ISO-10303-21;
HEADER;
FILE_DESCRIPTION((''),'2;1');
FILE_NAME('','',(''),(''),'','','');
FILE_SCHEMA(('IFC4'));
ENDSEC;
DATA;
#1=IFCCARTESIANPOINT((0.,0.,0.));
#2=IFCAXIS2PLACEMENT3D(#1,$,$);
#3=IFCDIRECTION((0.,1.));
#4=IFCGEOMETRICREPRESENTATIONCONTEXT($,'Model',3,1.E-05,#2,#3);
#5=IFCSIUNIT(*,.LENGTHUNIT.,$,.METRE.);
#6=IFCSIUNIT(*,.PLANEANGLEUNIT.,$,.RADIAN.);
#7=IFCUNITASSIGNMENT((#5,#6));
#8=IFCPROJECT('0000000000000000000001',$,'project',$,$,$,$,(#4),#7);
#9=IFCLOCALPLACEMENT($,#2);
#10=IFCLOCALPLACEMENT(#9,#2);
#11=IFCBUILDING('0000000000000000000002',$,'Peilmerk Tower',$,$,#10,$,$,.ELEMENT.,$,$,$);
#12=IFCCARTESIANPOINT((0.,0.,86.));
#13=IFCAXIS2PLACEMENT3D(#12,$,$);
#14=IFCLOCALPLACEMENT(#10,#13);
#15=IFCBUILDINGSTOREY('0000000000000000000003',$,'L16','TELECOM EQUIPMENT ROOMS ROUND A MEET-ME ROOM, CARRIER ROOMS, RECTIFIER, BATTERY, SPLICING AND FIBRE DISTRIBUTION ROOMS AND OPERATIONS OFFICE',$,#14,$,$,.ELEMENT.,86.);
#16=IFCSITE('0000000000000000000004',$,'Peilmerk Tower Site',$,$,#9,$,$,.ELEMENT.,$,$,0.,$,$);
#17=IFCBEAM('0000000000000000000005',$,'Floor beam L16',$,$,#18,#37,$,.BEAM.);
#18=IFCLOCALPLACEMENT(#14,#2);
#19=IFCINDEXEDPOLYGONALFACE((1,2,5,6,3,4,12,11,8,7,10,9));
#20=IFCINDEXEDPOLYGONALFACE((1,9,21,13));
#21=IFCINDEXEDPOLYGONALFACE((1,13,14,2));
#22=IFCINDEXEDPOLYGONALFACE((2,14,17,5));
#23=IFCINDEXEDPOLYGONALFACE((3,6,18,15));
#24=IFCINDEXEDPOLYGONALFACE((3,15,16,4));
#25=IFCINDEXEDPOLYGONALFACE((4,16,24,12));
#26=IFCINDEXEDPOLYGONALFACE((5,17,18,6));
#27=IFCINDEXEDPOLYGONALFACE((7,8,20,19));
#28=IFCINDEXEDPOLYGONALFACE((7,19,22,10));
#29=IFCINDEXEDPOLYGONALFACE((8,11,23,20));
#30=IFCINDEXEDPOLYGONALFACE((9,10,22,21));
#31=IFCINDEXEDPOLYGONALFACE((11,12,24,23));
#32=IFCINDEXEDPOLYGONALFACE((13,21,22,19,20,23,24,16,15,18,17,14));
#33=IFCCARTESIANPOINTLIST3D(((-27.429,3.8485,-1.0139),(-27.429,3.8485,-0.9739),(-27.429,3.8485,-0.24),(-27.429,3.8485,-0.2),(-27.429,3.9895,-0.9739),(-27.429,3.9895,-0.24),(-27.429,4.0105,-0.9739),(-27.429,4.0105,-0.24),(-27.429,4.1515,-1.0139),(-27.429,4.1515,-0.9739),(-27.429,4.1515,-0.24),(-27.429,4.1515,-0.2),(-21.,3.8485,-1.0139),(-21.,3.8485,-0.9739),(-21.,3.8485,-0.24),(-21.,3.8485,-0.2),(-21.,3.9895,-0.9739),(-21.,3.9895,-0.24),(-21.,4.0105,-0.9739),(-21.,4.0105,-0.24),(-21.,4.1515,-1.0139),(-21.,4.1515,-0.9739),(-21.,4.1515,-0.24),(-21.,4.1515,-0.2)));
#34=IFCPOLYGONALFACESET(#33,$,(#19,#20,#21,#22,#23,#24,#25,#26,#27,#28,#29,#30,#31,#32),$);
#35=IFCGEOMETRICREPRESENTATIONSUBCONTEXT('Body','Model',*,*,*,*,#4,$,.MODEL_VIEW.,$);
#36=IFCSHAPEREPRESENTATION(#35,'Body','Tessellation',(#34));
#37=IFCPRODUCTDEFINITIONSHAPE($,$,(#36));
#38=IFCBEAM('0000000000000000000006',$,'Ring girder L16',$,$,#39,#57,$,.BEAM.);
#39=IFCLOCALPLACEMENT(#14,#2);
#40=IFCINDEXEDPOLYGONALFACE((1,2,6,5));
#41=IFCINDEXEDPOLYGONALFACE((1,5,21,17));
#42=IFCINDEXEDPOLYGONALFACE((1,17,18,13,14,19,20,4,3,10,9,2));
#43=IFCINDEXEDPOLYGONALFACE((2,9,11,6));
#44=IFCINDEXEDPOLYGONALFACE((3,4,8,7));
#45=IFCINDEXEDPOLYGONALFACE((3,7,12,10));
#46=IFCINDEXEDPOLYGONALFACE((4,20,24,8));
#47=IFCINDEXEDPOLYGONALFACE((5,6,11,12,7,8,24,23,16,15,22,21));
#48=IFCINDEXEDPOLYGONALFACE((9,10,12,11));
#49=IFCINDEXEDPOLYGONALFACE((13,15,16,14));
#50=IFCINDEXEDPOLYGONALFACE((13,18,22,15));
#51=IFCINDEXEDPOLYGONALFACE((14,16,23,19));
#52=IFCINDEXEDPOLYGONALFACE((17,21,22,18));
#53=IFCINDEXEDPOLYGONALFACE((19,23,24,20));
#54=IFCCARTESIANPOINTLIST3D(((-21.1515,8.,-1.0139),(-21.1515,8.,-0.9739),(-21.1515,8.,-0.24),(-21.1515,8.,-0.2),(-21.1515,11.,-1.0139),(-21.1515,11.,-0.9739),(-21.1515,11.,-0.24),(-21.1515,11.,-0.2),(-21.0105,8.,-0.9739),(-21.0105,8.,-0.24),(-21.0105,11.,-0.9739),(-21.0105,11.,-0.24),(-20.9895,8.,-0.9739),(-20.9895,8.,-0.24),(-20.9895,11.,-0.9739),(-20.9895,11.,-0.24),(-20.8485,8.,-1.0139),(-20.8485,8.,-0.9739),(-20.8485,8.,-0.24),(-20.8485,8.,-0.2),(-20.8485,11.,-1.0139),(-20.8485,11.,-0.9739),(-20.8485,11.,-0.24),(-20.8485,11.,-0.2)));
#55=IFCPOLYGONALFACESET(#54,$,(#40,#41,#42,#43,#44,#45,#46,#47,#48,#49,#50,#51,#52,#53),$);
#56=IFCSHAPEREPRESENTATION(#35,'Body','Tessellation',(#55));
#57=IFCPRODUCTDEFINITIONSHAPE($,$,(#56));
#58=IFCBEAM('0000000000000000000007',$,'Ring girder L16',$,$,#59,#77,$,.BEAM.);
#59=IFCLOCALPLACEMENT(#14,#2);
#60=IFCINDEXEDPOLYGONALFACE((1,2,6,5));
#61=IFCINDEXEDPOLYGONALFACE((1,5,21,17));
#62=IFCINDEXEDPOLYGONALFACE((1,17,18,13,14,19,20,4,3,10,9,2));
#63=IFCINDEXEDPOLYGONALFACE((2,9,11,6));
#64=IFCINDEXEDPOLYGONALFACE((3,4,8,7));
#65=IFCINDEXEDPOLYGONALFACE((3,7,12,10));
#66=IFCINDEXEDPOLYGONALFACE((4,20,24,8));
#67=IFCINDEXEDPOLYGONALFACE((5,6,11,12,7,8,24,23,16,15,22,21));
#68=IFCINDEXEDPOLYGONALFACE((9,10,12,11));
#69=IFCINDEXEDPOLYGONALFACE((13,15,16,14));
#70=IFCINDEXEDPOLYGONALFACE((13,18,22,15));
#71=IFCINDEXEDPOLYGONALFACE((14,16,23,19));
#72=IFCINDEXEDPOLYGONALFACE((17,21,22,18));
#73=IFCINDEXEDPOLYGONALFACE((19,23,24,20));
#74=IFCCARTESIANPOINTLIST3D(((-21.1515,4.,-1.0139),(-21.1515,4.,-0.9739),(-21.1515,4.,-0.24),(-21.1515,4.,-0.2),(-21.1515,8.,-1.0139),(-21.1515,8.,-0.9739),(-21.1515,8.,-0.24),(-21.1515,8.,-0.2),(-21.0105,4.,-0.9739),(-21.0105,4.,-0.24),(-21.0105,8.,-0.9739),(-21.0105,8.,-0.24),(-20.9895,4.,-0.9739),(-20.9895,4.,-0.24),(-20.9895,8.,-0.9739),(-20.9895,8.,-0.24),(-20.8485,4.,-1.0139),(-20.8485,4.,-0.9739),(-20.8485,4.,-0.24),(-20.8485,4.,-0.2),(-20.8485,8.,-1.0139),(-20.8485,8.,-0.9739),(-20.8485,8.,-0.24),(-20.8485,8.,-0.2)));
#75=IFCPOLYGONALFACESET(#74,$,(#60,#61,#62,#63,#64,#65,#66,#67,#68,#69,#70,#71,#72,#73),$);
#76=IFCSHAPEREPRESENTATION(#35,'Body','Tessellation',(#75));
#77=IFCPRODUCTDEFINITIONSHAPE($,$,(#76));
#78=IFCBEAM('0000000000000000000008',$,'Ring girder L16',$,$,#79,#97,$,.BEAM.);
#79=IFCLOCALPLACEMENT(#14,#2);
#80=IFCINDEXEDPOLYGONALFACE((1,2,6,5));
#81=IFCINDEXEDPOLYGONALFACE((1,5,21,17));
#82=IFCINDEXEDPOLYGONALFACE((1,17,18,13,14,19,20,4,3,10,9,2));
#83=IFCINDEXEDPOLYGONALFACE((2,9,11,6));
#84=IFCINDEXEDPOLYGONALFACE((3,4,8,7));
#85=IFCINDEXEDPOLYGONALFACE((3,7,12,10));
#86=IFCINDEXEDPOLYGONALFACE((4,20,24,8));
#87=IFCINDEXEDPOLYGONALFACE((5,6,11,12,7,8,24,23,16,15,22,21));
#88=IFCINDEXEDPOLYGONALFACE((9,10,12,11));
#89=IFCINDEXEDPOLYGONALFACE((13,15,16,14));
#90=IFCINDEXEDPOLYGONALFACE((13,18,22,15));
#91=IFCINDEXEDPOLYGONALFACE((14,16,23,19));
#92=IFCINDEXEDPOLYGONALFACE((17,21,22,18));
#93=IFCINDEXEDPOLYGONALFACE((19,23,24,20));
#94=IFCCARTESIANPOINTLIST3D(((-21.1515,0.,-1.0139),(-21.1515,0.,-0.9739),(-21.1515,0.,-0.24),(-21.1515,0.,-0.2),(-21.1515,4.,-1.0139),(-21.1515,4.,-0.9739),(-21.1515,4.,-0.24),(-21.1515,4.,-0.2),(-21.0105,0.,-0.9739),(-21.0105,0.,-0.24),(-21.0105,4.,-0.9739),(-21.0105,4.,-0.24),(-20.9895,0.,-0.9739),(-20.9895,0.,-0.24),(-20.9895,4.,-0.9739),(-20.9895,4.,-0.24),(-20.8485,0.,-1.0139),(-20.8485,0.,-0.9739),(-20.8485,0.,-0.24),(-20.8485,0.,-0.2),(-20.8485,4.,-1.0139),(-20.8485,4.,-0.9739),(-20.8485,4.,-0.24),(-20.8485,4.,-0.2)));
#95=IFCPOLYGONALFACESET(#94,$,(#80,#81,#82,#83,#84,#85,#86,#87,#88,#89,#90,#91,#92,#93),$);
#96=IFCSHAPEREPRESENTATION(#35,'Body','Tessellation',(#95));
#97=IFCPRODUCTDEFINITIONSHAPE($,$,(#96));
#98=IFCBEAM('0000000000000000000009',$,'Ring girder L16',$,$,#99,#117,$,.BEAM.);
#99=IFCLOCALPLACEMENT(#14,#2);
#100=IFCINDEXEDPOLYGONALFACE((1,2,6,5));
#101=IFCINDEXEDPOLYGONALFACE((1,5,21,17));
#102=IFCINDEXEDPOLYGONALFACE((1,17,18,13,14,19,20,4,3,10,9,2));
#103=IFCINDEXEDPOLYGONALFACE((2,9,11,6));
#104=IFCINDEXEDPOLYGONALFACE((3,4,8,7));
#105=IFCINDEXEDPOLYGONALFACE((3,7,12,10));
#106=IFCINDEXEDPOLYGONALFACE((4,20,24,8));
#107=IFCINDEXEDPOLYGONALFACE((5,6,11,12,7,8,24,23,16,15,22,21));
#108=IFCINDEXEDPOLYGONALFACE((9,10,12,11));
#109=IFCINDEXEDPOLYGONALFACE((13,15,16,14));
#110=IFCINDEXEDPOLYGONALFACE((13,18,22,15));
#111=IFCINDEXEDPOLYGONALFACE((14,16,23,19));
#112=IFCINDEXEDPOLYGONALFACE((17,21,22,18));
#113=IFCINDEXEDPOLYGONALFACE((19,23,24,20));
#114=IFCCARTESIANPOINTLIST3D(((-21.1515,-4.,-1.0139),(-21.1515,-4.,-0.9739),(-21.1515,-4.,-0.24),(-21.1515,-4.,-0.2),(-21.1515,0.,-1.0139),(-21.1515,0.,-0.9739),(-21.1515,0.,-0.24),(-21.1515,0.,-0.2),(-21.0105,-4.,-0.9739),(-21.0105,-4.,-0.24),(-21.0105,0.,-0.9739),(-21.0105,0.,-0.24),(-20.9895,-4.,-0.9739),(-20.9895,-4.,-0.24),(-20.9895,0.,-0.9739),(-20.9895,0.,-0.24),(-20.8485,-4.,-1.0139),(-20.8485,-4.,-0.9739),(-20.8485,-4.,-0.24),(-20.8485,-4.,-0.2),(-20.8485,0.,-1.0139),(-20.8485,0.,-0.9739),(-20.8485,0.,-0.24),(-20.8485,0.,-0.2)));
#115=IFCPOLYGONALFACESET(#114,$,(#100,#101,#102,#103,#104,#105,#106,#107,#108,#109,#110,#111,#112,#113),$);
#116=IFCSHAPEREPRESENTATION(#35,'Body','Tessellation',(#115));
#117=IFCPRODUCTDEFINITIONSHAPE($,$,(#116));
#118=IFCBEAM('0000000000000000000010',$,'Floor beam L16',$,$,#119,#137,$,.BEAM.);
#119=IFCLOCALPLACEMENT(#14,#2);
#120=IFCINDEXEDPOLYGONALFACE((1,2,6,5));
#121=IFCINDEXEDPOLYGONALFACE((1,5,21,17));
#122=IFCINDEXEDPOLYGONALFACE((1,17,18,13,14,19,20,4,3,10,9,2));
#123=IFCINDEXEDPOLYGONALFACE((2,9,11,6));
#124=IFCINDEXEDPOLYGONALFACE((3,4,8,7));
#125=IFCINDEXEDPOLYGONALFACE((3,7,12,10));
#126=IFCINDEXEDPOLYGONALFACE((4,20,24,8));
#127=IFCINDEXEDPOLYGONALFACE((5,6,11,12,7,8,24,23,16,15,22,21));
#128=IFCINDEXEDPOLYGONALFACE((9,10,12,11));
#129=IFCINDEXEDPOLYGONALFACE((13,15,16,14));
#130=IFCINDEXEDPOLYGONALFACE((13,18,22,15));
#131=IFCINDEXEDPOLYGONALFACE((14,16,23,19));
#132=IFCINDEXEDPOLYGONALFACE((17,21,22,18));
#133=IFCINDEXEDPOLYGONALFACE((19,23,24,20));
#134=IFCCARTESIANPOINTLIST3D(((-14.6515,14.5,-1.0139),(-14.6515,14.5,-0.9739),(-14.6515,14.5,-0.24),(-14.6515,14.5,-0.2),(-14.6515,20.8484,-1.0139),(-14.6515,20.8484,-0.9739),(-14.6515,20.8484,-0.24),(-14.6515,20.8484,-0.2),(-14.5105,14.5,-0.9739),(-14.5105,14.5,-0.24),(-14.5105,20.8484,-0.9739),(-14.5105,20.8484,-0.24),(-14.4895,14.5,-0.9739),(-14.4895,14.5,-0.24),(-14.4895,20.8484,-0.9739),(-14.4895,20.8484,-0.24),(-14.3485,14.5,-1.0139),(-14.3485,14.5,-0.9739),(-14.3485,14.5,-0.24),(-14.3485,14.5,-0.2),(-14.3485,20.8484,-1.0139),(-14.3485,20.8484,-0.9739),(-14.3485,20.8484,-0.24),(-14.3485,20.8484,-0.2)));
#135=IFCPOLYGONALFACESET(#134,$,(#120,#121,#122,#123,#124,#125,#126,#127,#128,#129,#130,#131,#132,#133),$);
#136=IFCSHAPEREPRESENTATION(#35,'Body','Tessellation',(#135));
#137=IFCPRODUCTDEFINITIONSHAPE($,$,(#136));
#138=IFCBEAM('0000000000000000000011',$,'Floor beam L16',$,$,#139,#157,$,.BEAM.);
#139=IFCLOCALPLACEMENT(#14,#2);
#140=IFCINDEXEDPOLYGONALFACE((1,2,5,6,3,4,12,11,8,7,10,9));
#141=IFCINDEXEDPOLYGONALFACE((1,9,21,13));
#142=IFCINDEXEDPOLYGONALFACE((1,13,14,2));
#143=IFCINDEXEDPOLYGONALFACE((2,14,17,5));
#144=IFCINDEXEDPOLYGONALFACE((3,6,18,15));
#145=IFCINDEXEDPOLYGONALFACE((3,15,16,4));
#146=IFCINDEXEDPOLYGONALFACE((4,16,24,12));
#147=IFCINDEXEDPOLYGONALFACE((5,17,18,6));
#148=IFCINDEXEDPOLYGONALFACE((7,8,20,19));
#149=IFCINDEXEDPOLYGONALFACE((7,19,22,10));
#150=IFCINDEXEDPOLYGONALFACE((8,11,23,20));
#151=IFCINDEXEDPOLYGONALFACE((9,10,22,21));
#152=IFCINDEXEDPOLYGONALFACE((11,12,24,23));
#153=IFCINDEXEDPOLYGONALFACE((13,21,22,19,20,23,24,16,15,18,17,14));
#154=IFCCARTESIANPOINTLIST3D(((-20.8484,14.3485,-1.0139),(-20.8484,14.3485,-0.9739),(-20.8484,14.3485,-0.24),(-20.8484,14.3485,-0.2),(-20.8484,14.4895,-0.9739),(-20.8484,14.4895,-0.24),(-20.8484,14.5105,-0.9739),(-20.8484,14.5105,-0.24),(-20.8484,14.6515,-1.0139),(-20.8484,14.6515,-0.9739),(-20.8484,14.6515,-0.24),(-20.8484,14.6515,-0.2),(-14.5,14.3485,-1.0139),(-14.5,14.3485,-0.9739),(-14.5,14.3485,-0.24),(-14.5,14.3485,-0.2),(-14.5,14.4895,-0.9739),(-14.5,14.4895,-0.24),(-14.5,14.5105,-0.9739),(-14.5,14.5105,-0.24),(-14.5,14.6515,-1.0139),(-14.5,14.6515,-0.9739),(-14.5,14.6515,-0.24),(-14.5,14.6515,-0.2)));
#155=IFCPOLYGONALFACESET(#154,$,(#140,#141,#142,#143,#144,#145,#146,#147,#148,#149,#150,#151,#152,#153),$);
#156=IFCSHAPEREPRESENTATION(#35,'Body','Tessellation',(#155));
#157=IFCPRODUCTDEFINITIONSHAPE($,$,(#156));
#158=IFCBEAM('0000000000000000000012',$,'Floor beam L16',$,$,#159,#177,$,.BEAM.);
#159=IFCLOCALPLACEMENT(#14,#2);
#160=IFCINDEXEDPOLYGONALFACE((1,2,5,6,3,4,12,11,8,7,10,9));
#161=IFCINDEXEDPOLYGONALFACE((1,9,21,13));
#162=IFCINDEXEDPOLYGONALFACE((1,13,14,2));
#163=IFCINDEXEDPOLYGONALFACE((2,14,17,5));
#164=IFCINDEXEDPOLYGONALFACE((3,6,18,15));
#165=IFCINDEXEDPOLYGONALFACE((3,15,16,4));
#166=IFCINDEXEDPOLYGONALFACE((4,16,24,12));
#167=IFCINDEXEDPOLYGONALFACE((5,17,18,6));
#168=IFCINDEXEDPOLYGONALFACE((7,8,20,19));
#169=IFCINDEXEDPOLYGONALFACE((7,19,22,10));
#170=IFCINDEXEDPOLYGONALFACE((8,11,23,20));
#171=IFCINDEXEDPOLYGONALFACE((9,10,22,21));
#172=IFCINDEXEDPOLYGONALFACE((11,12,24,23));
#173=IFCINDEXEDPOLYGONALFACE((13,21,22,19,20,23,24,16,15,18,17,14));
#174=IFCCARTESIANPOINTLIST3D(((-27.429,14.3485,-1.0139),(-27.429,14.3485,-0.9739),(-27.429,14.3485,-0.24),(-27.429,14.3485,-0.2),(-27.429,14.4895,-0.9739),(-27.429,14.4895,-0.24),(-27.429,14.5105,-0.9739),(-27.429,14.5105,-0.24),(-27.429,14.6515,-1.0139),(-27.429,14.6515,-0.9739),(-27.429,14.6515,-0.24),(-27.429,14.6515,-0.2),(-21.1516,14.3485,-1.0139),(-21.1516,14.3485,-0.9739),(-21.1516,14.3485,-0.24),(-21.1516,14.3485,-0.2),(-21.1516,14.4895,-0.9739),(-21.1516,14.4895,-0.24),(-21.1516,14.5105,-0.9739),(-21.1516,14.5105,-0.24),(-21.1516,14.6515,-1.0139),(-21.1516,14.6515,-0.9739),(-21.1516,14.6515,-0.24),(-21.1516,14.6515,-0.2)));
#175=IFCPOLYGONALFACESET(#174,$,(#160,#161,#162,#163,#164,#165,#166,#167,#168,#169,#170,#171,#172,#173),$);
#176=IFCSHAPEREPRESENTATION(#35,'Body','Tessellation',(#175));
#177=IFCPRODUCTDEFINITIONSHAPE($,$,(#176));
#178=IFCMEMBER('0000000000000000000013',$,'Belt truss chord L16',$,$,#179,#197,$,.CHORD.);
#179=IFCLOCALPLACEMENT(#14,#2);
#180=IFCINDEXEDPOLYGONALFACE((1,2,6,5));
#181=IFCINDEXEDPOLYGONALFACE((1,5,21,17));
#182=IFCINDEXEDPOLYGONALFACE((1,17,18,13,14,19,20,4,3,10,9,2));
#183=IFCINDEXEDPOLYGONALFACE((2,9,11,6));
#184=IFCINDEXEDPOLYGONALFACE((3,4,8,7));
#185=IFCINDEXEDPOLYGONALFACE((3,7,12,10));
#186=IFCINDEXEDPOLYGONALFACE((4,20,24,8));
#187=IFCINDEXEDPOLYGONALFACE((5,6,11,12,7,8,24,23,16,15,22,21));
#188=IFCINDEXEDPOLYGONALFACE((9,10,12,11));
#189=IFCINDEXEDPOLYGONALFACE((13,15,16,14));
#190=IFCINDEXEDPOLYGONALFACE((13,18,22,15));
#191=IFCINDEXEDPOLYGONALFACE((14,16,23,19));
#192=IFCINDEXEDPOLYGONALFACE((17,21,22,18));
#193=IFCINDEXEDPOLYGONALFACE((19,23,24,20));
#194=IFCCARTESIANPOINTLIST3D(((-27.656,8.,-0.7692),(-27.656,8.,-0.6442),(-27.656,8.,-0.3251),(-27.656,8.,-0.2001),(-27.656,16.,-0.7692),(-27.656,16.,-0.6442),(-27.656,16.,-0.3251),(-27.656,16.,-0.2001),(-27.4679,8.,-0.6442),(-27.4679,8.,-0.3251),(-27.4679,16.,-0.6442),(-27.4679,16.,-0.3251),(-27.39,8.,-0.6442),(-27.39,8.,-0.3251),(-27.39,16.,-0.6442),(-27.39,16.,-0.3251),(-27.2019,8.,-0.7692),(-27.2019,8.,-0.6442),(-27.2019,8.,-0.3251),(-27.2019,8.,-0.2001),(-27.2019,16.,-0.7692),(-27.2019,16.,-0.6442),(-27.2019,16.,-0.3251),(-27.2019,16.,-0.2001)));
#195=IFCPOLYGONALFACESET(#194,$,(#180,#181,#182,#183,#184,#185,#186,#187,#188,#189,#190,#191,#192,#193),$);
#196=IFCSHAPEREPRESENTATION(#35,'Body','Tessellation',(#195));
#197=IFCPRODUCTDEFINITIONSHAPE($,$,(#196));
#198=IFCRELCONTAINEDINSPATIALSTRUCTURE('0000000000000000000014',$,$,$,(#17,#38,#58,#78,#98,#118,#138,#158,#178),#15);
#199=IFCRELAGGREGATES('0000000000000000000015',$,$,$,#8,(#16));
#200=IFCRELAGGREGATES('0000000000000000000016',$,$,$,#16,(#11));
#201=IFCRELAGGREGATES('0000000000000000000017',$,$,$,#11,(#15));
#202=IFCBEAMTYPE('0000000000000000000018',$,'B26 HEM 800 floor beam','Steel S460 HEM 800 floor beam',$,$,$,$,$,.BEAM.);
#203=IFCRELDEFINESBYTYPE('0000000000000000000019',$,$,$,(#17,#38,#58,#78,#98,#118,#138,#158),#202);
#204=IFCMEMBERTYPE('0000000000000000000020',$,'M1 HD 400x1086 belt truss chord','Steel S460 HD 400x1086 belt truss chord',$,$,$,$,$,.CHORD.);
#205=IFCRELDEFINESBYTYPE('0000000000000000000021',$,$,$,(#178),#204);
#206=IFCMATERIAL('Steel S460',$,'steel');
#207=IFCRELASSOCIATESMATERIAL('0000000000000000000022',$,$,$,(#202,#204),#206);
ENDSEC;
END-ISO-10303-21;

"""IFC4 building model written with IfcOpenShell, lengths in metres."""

from ifc_helpers import new_model, si_unit, direction, frame, origin, origin_2d, place, context, subcontext, project, spatial, i_section, extrude, material, material_profile, profile_set, type_object, element, save


model = new_model("IFC4")

# Units and contexts
model_context = context("Model", 3, precision=1e-05, world=origin(), true_north=direction((0.0, 1.0)))
body_context = subcontext(model_context, "Body", "Model", "MODEL_VIEW")
ifc_project = project(units=[si_unit("LENGTHUNIT", "METRE"), si_unit("PLANEANGLEUNIT", "RADIAN")], contexts=[model_context])

# Site, building, storey
site_placement = place(None, origin())
site = spatial("IfcSite", under=ifc_project, at=site_placement, Name="Peilmerk Tower Site", CompositionType="ELEMENT", RefElevation=0.0)
building_placement = place(site_placement, origin())
building = spatial("IfcBuilding", under=site, at=building_placement, Name="Peilmerk Tower", CompositionType="ELEMENT")
storey_placement = place(building_placement, frame((0.0, 0.0, 86.0)))
storey = spatial("IfcBuildingStorey", under=building, at=storey_placement, Name="L16", Description="TELECOM EQUIPMENT ROOMS ROUND A MEET-ME ROOM, CARRIER ROOMS, RECTIFIER, BATTERY, SPLICING AND FIBRE DISTRIBUTION ROOMS AND OPERATIONS OFFICE", CompositionType="ELEMENT", Elevation=86.0)

# Shared definitions
ifc_material_1 = material(Name="Steel S460", Category="steel")

# Beams
ifc_material_profile_1 = material_profile(ifc_material_1, i_section(OverallWidth=0.303, OverallDepth=0.814, WebThickness=0.021, FlangeThickness=0.04, at=origin_2d()), Name="HEM 800")
ifc_profile_set_1 = profile_set([ifc_material_profile_1], Name="Steel S460")
beam_type_1 = type_object("IfcBeamType", Name="B26 HEM 800 floor beam", Description="Steel S460 HEM 800 floor beam", PredefinedType="BEAM", material=ifc_profile_set_1)
beam_1_placement = place(storey_placement, frame((-21.0, 4.0, -0.6069), z_axis=(-1.0, 0.0, 0.0), x_axis=(0.0, -1.0, 0.0)))
element("IfcBeam", 1, at=beam_1_placement, inside=storey, type_object=beam_type_1, Name="Floor beam L16", PredefinedType="BEAM", context=body_context, shape_type="SweptSolid", body=[
    extrude(i_section(OverallWidth=0.303, OverallDepth=0.814, WebThickness=0.021, FlangeThickness=0.04, at=origin_2d()), origin(), (0.0, 0.0, 1.0), 6.429),
])
beam_2_placement = place(storey_placement, frame((-21.0, 11.0, -0.6069), z_axis=(0.0, -1.0, 0.0), x_axis=(1.0, 0.0, 0.0)))
element("IfcBeam", 2, at=beam_2_placement, inside=storey, type_object=beam_type_1, Name="Ring girder L16", PredefinedType="BEAM", context=body_context, shape_type="SweptSolid", body=[
    extrude(i_section(OverallWidth=0.303, OverallDepth=0.814, WebThickness=0.021, FlangeThickness=0.04, at=origin_2d()), origin(), (0.0, 0.0, 1.0), 3.0),
])
for number, where, z_axis, x_axis, name in (
    (3, (-21.0, 8.0, -0.6069), (0.0, -1.0, 0.0), (1.0, 0.0, 0.0), "Ring girder L16"),
    (4, (-21.0, 4.0, -0.6069), (0.0, -1.0, 0.0), (1.0, 0.0, 0.0), "Ring girder L16"),
    (5, (-21.0, 0.0, -0.6069), (0.0, -1.0, 0.0), (1.0, 0.0, 0.0), "Ring girder L16"),
):
    element("IfcBeam", number, at=place(storey_placement, frame(where, z_axis=z_axis, x_axis=x_axis)), inside=storey, type_object=beam_type_1, Name=name, PredefinedType="BEAM", context=body_context, shape_type="SweptSolid", body=[
        extrude(i_section(OverallWidth=0.303, OverallDepth=0.814, WebThickness=0.021, FlangeThickness=0.04, at=origin_2d()), origin(), (0.0, 0.0, 1.0), 4.0),
    ])
for number, where, z_axis, x_axis, name in (
    (6, (-14.5, 14.5, -0.6069), (0.0, 1.0, 0.0), (-1.0, 0.0, 0.0), "Floor beam L16"),
    (7, (-14.5, 14.5, -0.6069), (-1.0, 0.0, 0.0), (0.0, -1.0, 0.0), "Floor beam L16"),
):
    element("IfcBeam", number, at=place(storey_placement, frame(where, z_axis=z_axis, x_axis=x_axis)), inside=storey, type_object=beam_type_1, Name=name, PredefinedType="BEAM", context=body_context, shape_type="SweptSolid", body=[
        extrude(i_section(OverallWidth=0.303, OverallDepth=0.814, WebThickness=0.021, FlangeThickness=0.04, at=origin_2d()), origin(), (0.0, 0.0, 1.0), 6.3484),
    ])
beam_3_placement = place(storey_placement, frame((-21.1516, 14.5, -0.6069), z_axis=(-1.0, 0.0, 0.0), x_axis=(0.0, -1.0, 0.0)))
element("IfcBeam", 8, at=beam_3_placement, inside=storey, type_object=beam_type_1, Name="Floor beam L16", PredefinedType="BEAM", context=body_context, shape_type="SweptSolid", body=[
    extrude(i_section(OverallWidth=0.303, OverallDepth=0.814, WebThickness=0.021, FlangeThickness=0.04, at=origin_2d()), origin(), (0.0, 0.0, 1.0), 6.2773),
])

# Member
ifc_material_profile_2 = material_profile(ifc_material_1, i_section(OverallWidth=0.4541, OverallDepth=0.5691, WebThickness=0.0779, FlangeThickness=0.125, at=origin_2d()), Name="HD 400x1086")
ifc_profile_set_2 = profile_set([ifc_material_profile_2], Name="Steel S460")
member_type = type_object("IfcMemberType", Name="M1 HD 400x1086 belt truss chord", Description="Steel S460 HD 400x1086 belt truss chord", PredefinedType="CHORD", material=ifc_profile_set_2)
for number, where, z_axis, x_axis, name in (
    (9, (-27.429, 16.0, -0.4846), (0.0, -1.0, 0.0), (1.0, 0.0, 0.0), "Belt truss chord L16"),
):
    element("IfcMember", number, at=place(storey_placement, frame(where, z_axis=z_axis, x_axis=x_axis)), inside=storey, type_object=member_type, Name=name, PredefinedType="CHORD", context=body_context, shape_type="SweptSolid", body=[
        extrude(i_section(OverallWidth=0.4541, OverallDepth=0.5691, WebThickness=0.0779, FlangeThickness=0.125, at=origin_2d()), origin(), (0.0, 0.0, 1.0), 8.0),
    ])

save(model, "model.ifc")
